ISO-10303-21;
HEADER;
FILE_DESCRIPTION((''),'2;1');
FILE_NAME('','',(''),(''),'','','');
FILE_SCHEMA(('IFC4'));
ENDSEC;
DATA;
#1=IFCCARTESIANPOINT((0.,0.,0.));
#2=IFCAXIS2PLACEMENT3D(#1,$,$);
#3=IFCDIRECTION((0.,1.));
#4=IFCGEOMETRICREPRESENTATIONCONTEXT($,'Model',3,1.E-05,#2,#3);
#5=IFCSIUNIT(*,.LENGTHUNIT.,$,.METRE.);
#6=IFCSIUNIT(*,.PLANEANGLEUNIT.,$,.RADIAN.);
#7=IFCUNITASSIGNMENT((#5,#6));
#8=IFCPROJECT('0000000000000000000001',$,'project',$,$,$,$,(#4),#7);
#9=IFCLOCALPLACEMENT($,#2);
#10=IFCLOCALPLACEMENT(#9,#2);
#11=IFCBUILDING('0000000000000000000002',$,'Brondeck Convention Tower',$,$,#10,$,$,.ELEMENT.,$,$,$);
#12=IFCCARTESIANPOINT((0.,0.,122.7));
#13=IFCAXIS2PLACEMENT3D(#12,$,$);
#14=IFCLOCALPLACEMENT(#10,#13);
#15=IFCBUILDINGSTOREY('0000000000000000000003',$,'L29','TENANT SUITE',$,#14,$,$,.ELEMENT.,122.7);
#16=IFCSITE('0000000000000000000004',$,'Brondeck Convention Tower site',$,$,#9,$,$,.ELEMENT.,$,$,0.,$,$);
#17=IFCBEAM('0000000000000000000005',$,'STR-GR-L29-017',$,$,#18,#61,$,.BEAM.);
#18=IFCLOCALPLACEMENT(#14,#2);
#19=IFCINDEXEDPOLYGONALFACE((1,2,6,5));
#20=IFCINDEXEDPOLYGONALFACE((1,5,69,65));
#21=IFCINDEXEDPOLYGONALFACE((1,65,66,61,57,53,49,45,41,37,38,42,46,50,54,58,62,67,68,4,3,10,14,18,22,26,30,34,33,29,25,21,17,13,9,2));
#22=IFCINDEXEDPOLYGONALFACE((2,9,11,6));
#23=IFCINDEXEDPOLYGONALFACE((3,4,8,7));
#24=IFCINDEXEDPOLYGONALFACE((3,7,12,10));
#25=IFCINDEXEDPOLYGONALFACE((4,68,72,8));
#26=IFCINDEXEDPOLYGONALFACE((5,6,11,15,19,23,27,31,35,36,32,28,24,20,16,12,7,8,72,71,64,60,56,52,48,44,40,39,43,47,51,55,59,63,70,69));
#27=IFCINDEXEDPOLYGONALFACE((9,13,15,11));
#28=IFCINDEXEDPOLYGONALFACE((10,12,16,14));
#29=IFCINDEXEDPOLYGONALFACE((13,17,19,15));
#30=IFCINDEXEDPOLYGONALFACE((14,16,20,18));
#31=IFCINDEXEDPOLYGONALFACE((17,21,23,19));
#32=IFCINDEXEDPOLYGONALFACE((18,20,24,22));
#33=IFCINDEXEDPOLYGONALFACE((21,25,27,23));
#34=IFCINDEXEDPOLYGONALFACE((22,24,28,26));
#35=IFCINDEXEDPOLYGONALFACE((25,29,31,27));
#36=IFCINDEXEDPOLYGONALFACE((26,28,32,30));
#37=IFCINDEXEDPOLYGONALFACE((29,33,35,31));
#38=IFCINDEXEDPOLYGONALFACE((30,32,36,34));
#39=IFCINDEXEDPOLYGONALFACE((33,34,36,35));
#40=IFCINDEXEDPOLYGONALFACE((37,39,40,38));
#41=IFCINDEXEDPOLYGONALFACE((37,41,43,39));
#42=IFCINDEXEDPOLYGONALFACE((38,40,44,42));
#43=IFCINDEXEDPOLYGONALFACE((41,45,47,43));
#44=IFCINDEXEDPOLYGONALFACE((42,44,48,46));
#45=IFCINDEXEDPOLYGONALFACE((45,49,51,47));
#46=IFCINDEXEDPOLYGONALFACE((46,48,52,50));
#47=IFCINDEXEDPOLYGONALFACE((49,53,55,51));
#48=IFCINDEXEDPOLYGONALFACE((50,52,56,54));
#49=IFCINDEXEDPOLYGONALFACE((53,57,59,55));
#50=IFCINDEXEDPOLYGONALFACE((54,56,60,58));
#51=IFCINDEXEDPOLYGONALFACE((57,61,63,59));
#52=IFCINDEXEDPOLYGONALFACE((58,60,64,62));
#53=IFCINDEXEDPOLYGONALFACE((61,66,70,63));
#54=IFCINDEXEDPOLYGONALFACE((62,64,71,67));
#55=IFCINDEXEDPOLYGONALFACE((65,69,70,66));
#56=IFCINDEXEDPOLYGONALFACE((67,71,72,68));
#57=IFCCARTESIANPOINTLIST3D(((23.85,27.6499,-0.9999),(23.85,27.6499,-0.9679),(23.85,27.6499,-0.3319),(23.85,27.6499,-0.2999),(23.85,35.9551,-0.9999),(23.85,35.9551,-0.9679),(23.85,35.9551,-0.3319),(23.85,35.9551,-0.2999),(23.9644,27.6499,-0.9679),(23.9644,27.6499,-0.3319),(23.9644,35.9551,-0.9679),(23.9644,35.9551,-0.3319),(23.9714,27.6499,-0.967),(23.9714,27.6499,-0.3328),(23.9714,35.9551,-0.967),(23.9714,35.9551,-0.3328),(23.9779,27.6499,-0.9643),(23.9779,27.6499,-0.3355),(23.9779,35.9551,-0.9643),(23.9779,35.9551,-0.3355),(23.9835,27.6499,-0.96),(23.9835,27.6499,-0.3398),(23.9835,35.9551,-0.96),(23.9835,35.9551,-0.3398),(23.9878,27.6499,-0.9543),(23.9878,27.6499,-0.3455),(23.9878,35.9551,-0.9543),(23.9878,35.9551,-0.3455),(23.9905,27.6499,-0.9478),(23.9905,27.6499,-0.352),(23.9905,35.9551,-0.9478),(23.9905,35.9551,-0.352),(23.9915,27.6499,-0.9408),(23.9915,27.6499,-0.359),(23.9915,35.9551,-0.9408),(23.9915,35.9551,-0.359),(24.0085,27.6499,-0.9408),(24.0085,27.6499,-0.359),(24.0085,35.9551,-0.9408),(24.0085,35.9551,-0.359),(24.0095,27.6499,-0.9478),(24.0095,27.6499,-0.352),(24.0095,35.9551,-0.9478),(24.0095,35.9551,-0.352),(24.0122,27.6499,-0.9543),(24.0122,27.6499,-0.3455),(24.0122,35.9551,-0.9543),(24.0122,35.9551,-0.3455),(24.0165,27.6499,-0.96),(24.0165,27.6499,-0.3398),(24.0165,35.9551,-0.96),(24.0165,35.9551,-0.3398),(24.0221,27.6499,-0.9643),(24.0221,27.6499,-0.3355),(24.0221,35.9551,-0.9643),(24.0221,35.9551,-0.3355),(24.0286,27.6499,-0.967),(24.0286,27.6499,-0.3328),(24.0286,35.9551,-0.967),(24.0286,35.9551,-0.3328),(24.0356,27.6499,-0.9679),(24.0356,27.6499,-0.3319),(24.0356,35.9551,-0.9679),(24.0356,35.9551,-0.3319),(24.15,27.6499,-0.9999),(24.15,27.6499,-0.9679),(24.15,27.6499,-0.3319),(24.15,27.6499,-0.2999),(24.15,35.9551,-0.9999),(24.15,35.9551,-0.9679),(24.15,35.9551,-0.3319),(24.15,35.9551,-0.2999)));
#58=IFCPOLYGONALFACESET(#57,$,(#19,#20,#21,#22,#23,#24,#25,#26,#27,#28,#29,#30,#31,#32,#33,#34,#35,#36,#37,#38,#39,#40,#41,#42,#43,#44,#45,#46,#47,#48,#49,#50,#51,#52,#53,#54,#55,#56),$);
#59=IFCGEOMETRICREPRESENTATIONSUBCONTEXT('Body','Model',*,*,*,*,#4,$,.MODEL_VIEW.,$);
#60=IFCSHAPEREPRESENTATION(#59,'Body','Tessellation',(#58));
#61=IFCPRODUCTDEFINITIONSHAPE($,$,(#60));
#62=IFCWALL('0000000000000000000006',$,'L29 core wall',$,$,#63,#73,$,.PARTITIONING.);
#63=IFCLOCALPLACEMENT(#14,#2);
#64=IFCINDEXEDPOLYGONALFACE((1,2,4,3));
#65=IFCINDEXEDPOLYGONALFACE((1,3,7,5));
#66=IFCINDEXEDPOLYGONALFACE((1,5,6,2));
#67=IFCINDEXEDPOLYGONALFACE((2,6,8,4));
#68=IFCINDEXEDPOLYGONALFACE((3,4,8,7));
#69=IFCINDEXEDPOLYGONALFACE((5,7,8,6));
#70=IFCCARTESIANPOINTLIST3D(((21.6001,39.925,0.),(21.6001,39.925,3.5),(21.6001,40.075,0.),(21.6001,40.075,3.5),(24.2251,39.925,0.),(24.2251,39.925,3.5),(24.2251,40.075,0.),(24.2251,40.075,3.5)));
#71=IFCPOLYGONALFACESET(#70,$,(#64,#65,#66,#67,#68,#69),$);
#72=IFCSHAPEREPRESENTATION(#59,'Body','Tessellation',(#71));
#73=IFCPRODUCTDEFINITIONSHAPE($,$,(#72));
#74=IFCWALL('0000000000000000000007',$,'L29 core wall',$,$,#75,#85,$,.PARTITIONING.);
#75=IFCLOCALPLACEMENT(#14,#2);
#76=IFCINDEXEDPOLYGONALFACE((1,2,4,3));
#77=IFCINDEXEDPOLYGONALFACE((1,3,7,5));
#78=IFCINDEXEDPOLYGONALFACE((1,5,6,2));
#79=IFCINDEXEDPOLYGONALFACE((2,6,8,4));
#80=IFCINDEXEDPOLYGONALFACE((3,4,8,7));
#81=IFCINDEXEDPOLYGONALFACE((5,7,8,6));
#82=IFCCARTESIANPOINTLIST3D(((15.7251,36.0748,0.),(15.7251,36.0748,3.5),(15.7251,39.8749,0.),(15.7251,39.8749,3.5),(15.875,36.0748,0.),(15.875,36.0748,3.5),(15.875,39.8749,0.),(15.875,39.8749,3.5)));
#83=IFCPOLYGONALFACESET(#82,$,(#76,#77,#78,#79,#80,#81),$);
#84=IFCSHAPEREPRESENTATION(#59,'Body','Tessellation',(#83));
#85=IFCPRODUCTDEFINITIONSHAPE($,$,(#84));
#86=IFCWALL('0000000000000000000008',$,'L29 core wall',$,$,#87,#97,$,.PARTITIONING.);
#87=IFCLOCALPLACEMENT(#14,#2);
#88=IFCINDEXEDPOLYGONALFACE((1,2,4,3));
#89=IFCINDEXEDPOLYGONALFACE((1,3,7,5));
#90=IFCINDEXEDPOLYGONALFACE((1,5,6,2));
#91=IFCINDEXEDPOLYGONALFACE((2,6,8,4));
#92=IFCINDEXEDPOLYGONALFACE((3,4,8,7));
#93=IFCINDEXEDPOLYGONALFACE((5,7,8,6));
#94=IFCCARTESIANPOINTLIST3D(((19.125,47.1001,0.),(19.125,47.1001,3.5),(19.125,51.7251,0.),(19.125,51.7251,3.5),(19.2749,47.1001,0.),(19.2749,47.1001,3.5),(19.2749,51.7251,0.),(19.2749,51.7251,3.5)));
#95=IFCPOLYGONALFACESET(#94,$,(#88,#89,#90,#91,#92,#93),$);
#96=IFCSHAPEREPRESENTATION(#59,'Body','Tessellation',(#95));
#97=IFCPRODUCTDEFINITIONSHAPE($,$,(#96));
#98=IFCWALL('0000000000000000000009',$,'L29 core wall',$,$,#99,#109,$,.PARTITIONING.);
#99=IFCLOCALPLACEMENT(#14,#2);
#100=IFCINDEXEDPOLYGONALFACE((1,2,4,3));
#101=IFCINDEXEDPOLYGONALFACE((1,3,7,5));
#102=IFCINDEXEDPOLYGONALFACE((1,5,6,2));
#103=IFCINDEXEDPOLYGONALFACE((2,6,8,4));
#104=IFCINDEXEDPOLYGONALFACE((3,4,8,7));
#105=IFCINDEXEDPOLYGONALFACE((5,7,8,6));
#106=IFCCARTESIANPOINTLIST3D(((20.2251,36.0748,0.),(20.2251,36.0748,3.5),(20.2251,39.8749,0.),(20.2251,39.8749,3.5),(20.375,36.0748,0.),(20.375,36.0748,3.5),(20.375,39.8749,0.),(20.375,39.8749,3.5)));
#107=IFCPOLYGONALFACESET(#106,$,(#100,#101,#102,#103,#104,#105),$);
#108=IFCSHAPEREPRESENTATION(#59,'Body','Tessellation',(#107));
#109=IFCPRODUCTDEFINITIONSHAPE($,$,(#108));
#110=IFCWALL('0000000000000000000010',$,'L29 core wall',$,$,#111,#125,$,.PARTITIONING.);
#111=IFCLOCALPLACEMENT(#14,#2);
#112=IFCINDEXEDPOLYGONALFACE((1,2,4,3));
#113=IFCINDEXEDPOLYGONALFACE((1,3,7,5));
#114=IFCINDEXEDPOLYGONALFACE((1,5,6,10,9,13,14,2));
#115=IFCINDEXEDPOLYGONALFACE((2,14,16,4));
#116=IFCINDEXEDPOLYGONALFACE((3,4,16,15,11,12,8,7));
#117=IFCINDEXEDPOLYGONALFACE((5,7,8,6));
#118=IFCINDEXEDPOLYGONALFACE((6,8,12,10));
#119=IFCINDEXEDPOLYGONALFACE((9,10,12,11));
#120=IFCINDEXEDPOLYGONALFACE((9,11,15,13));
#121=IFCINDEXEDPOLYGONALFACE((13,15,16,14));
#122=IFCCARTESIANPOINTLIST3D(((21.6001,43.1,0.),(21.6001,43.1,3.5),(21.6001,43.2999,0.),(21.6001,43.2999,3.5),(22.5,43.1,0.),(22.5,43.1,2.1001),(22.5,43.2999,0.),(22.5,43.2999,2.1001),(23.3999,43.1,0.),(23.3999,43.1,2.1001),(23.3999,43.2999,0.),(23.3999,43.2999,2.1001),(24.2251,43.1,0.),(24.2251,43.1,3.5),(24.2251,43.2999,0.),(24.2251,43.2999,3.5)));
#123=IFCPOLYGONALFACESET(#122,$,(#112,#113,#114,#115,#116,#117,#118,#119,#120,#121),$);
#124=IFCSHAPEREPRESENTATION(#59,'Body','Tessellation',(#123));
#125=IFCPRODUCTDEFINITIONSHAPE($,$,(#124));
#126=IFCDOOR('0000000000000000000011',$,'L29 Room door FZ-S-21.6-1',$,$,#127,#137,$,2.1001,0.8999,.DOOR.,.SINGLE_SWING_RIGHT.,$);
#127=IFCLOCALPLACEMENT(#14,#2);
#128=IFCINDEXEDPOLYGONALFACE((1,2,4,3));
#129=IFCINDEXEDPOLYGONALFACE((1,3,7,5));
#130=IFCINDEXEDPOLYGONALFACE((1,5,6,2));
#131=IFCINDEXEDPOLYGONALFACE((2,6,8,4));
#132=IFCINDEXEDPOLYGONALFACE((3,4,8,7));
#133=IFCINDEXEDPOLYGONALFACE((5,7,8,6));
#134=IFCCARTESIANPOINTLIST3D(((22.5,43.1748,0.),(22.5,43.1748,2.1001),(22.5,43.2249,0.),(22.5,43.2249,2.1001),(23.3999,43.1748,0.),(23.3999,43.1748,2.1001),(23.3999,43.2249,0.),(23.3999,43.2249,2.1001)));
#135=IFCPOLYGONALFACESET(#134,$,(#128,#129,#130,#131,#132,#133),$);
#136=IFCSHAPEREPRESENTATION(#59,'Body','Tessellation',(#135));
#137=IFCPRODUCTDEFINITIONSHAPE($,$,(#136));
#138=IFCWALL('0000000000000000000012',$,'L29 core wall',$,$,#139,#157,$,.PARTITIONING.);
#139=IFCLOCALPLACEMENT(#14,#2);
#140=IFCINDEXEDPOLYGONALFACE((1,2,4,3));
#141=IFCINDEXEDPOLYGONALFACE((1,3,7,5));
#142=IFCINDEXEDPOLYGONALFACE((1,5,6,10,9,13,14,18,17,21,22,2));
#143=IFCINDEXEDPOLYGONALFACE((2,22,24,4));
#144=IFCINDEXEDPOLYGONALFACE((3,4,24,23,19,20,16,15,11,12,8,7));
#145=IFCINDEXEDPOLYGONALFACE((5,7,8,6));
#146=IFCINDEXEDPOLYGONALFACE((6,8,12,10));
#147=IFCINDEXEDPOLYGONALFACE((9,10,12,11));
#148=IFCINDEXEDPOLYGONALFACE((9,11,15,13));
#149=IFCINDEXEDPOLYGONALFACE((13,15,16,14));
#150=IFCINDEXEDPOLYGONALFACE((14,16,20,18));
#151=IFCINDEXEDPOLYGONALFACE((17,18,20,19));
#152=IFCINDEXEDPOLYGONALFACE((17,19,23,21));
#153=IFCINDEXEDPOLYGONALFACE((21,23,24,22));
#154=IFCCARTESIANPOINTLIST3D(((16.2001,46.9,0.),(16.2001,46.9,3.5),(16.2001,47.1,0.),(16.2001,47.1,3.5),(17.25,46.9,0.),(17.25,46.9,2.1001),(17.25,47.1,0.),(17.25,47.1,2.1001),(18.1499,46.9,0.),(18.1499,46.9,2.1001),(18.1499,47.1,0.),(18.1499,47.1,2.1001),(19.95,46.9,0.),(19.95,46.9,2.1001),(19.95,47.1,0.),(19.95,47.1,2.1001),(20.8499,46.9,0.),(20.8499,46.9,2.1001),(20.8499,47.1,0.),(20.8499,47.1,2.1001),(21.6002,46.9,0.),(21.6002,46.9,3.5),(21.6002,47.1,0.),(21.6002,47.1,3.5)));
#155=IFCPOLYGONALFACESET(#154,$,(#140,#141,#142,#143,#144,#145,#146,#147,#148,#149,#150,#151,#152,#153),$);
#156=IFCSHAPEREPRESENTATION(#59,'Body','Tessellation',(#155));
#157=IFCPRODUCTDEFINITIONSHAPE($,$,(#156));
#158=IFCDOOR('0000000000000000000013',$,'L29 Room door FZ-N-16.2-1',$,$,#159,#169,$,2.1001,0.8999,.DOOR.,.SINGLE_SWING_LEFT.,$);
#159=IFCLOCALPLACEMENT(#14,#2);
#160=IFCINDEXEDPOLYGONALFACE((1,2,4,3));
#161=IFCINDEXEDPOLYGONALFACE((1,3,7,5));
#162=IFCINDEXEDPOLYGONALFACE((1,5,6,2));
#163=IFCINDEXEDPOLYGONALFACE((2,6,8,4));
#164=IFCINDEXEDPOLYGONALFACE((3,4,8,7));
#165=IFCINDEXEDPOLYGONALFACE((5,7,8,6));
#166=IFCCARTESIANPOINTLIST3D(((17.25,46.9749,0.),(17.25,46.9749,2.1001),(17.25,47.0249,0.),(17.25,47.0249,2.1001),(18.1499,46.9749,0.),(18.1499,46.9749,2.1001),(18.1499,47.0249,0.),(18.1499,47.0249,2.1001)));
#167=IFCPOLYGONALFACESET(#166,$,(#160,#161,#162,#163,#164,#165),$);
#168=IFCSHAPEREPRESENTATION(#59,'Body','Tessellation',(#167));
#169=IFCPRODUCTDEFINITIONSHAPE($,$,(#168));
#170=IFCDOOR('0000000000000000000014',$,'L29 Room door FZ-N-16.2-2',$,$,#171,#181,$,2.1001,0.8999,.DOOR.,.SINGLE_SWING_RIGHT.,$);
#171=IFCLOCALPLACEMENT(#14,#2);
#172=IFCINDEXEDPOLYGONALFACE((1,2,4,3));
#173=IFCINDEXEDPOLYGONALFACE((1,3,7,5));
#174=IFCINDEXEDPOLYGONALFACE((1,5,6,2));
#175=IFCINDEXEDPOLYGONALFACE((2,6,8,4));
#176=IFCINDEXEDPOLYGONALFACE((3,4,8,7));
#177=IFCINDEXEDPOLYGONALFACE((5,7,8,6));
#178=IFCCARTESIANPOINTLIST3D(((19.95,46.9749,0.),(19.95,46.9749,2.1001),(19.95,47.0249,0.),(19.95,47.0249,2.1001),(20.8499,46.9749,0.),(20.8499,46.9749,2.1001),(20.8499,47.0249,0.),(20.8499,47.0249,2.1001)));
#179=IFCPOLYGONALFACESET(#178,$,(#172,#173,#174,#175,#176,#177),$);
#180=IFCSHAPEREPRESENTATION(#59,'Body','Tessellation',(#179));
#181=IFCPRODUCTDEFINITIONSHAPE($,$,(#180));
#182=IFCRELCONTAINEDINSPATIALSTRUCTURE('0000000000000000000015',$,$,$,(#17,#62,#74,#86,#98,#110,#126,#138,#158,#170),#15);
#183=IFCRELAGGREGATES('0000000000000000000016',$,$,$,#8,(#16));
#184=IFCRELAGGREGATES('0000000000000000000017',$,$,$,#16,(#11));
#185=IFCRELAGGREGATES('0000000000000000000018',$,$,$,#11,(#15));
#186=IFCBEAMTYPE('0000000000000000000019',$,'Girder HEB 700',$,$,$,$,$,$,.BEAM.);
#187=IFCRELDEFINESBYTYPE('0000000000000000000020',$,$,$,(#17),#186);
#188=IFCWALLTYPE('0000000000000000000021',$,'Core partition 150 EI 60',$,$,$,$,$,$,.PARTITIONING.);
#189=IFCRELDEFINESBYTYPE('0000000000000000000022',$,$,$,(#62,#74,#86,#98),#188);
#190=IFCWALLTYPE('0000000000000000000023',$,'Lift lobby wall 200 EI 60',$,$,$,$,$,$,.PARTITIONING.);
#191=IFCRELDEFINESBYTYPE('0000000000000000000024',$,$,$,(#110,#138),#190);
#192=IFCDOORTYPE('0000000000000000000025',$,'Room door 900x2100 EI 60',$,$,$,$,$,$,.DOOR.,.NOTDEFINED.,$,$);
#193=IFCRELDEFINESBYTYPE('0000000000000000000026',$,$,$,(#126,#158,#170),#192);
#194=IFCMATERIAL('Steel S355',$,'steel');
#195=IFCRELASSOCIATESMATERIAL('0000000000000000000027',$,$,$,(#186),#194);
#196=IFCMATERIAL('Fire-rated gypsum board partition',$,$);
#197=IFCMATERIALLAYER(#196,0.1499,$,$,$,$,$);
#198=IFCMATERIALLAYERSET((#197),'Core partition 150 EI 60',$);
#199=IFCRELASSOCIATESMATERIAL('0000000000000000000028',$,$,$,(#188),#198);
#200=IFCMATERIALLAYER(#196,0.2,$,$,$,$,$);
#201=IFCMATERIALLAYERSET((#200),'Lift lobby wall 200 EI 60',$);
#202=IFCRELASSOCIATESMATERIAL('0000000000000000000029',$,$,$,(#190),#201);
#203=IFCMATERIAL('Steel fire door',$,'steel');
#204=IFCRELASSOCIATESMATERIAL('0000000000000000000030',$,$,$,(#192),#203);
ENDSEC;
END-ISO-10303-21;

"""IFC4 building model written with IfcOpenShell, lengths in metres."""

from ifc_helpers import new_model, si_unit, direction, frame, frame_2d, origin, origin_2d, place, context, subcontext, project, spatial, rectangle, i_section, extrude, material, layer, layer_set, material_profile, profile_set, type_object, element, fill, save


model = new_model("IFC4")

# Units and contexts
model_context = context("Model", 3, precision=1e-05, world=origin(), true_north=direction((0.0, 1.0)))
body_context = subcontext(model_context, "Body", "Model", "MODEL_VIEW")
ifc_project = project(units=[si_unit("LENGTHUNIT", "METRE"), si_unit("PLANEANGLEUNIT", "RADIAN")], contexts=[model_context])

# Site, building, storey
site_placement = place(None, origin())
site = spatial("IfcSite", under=ifc_project, at=site_placement, Name="Brondeck Convention Tower site", CompositionType="ELEMENT", RefElevation=0.0)
building_placement = place(site_placement, origin())
building = spatial("IfcBuilding", under=site, at=building_placement, Name="Brondeck Convention Tower", CompositionType="ELEMENT")
storey_placement = place(building_placement, frame((0.0, 0.0, 122.7)))
storey = spatial("IfcBuildingStorey", under=building, at=storey_placement, Name="L29", Description="TENANT SUITE", CompositionType="ELEMENT", Elevation=122.7)

# Beam
ifc_material_1 = material(Name="Steel S355", Category="steel")
ifc_material_profile = material_profile(ifc_material_1, i_section(OverallWidth=0.3, OverallDepth=0.7, WebThickness=0.0171, FlangeThickness=0.032, FilletRadius=0.0271, at=origin_2d()), Name="HEB 700")
ifc_profile_set = profile_set([ifc_material_profile], Name="Steel S355")
beam_type = type_object("IfcBeamType", Name="Girder HEB 700", PredefinedType="BEAM", material=ifc_profile_set)
beam_placement = place(storey_placement, frame((24.0, 35.9551, -0.6499), z_axis=(0.0, -1.0, 0.0), x_axis=(1.0, 0.0, 0.0)))
element("IfcBeam", 1, at=beam_placement, inside=storey, type_object=beam_type, Name="STR-GR-L29-017", PredefinedType="BEAM", context=body_context, shape_type="SweptSolid", body=[
    extrude(i_section(OverallWidth=0.3, OverallDepth=0.7, WebThickness=0.0171, FlangeThickness=0.032, FilletRadius=0.0271, at=origin_2d()), origin(), (0.0, 0.0, 1.0), 8.3052),
])

# Walls
ifc_material_2 = material(Name="Fire-rated gypsum board partition")
ifc_layer_1 = layer(ifc_material_2, 0.1499)
ifc_layer_set_1 = layer_set([ifc_layer_1], Name="Core partition 150 EI 60")
wall_type_1 = type_object("IfcWallType", Name="Core partition 150 EI 60", PredefinedType="PARTITIONING", material=ifc_layer_set_1)
wall_1_placement = place(storey_placement, frame((21.6001, 40.0, 0.0), z_axis=(0.0, 0.0, 1.0), x_axis=(1.0, 0.0, 0.0)))
element("IfcWall", 2, at=wall_1_placement, inside=storey, type_object=wall_type_1, Name="L29 core wall", PredefinedType="PARTITIONING", context=body_context, shape_type="SweptSolid", body=[
    extrude(rectangle(XDim=2.625, YDim=0.1499, at=frame_2d((1.3125, 0.0))), origin(), (0.0, 0.0, 1.0), 3.5),
])
wall_2_placement = place(storey_placement, frame((15.8, 36.075, 0.0), z_axis=(0.0, 0.0, 1.0), x_axis=(0.0, 1.0, 0.0)))
element("IfcWall", 3, at=wall_2_placement, inside=storey, type_object=wall_type_1, Name="L29 core wall", PredefinedType="PARTITIONING", context=body_context, shape_type="SweptSolid", body=[
    extrude(rectangle(XDim=3.8, YDim=0.1499, at=frame_2d((1.8999, 0.0))), origin(), (0.0, 0.0, 1.0), 3.5),
])
wall_3_placement = place(storey_placement, frame((19.2, 47.1001, 0.0), z_axis=(0.0, 0.0, 1.0), x_axis=(0.0, 1.0, 0.0)))
element("IfcWall", 4, at=wall_3_placement, inside=storey, type_object=wall_type_1, Name="L29 core wall", PredefinedType="PARTITIONING", context=body_context, shape_type="SweptSolid", body=[
    extrude(rectangle(XDim=4.625, YDim=0.1499, at=frame_2d((2.3125, 0.0))), origin(), (0.0, 0.0, 1.0), 3.5),
])
wall_4_placement = place(storey_placement, frame((20.3, 36.075, 0.0), z_axis=(0.0, 0.0, 1.0), x_axis=(0.0, 1.0, 0.0)))
element("IfcWall", 5, at=wall_4_placement, inside=storey, type_object=wall_type_1, Name="L29 core wall", PredefinedType="PARTITIONING", context=body_context, shape_type="SweptSolid", body=[
    extrude(rectangle(XDim=3.8, YDim=0.1499, at=frame_2d((1.8999, 0.0))), origin(), (0.0, 0.0, 1.0), 3.5),
])

# Wall, opening, door
ifc_layer_2 = layer(ifc_material_2, 0.2)
ifc_layer_set_2 = layer_set([ifc_layer_2], Name="Lift lobby wall 200 EI 60")
wall_type_2 = type_object("IfcWallType", Name="Lift lobby wall 200 EI 60", PredefinedType="PARTITIONING", material=ifc_layer_set_2)
wall_5_placement = place(storey_placement, frame((21.6001, 43.2, 0.0), z_axis=(0.0, 0.0, 1.0), x_axis=(1.0, 0.0, 0.0)))
wall_5 = element("IfcWall", 6, at=wall_5_placement, inside=storey, type_object=wall_type_2, Name="L29 core wall", PredefinedType="PARTITIONING", context=body_context, shape_type="SweptSolid", body=[
    extrude(rectangle(XDim=2.625, YDim=0.2, at=frame_2d((1.3125, 0.0))), origin(), (0.0, 0.0, 1.0), 3.5),
])
opening_1_placement = place(wall_5_placement, frame((0.8999, 0.0, 0.0)))
opening_1 = element("IfcOpeningElement", 7, at=opening_1_placement, cuts=wall_5, PredefinedType="OPENING", context=body_context, shape_type="SweptSolid", body=[
    extrude(rectangle(XDim=0.8999, YDim=2.1001, at=frame_2d((0.45, 1.05))), frame((0.0, 0.1099, 0.0), z_axis=(0.0, -1.0, 0.0), x_axis=(1.0, 0.0, 0.0)), (0.0, 0.0, 1.0), 0.22),
])
ifc_material_3 = material(Name="Steel fire door", Category="steel")
door_type_1 = type_object("IfcDoorType", Name="Room door 900x2100 EI 60", OperationType="NOTDEFINED", PredefinedType="DOOR", material=ifc_material_3)
door_1_placement = place(opening_1_placement, origin())
door_1 = element("IfcDoor", 8, at=door_1_placement, inside=storey, type_object=door_type_1, Name="L29 Room door FZ-S-21.6-1", OperationType="SINGLE_SWING_RIGHT", OverallHeight=2.1001, OverallWidth=0.8999, PredefinedType="DOOR", context=body_context, shape_type="SweptSolid", body=[
    extrude(rectangle(XDim=0.8999, YDim=2.1001, at=frame_2d((0.45, 1.05))), frame((0.0, 0.0249, 0.0), z_axis=(0.0, -1.0, 0.0), x_axis=(1.0, 0.0, 0.0)), (0.0, 0.0, 1.0), 0.05),
])
fill(opening_1, door_1)

# Wall, openings, doors
wall_6_placement = place(storey_placement, frame((16.2, 47.0, 0.0), z_axis=(0.0, 0.0, 1.0), x_axis=(1.0, 0.0, 0.0)))
wall_6 = element("IfcWall", 9, at=wall_6_placement, inside=storey, type_object=wall_type_2, Name="L29 core wall", PredefinedType="PARTITIONING", context=body_context, shape_type="SweptSolid", body=[
    extrude(rectangle(XDim=5.4001, YDim=0.2, at=frame_2d((2.7002, 0.0))), origin(), (0.0, 0.0, 1.0), 3.5),
])
opening_2_placement = place(wall_6_placement, frame((1.05, 0.0, 0.0)))
opening_2 = element("IfcOpeningElement", 10, at=opening_2_placement, cuts=wall_6, PredefinedType="OPENING", context=body_context, shape_type="SweptSolid", body=[
    extrude(rectangle(XDim=0.8999, YDim=2.1001, at=frame_2d((0.45, 1.05))), frame((0.0, 0.1099, 0.0), z_axis=(0.0, -1.0, 0.0), x_axis=(1.0, 0.0, 0.0)), (0.0, 0.0, 1.0), 0.22),
])
opening_3_placement = place(wall_6_placement, frame((3.75, 0.0, 0.0)))
opening_3 = element("IfcOpeningElement", 11, at=opening_3_placement, cuts=wall_6, PredefinedType="OPENING", context=body_context, shape_type="SweptSolid", body=[
    extrude(rectangle(XDim=0.8999, YDim=2.1001, at=frame_2d((0.45, 1.05))), frame((0.0, 0.1099, 0.0), z_axis=(0.0, -1.0, 0.0), x_axis=(1.0, 0.0, 0.0)), (0.0, 0.0, 1.0), 0.22),
])
door_2_placement = place(opening_2_placement, origin())
door_2 = element("IfcDoor", 12, at=door_2_placement, inside=storey, type_object=door_type_1, Name="L29 Room door FZ-N-16.2-1", OperationType="SINGLE_SWING_LEFT", OverallHeight=2.1001, OverallWidth=0.8999, PredefinedType="DOOR", context=body_context, shape_type="SweptSolid", body=[
    extrude(rectangle(XDim=0.8999, YDim=2.1001, at=frame_2d((0.45, 1.05))), frame((0.0, 0.0249, 0.0), z_axis=(0.0, -1.0, 0.0), x_axis=(1.0, 0.0, 0.0)), (0.0, 0.0, 1.0), 0.05),
])
fill(opening_2, door_2)
door_3_placement = place(opening_3_placement, origin())
door_3 = element("IfcDoor", 13, at=door_3_placement, inside=storey, type_object=door_type_1, Name="L29 Room door FZ-N-16.2-2", OperationType="SINGLE_SWING_RIGHT", OverallHeight=2.1001, OverallWidth=0.8999, PredefinedType="DOOR", context=body_context, shape_type="SweptSolid", body=[
    extrude(rectangle(XDim=0.8999, YDim=2.1001, at=frame_2d((0.45, 1.05))), frame((0.0, 0.0249, 0.0), z_axis=(0.0, -1.0, 0.0), x_axis=(1.0, 0.0, 0.0)), (0.0, 0.0, 1.0), 0.05),
])
fill(opening_3, door_3)

save(model, "model.ifc")
